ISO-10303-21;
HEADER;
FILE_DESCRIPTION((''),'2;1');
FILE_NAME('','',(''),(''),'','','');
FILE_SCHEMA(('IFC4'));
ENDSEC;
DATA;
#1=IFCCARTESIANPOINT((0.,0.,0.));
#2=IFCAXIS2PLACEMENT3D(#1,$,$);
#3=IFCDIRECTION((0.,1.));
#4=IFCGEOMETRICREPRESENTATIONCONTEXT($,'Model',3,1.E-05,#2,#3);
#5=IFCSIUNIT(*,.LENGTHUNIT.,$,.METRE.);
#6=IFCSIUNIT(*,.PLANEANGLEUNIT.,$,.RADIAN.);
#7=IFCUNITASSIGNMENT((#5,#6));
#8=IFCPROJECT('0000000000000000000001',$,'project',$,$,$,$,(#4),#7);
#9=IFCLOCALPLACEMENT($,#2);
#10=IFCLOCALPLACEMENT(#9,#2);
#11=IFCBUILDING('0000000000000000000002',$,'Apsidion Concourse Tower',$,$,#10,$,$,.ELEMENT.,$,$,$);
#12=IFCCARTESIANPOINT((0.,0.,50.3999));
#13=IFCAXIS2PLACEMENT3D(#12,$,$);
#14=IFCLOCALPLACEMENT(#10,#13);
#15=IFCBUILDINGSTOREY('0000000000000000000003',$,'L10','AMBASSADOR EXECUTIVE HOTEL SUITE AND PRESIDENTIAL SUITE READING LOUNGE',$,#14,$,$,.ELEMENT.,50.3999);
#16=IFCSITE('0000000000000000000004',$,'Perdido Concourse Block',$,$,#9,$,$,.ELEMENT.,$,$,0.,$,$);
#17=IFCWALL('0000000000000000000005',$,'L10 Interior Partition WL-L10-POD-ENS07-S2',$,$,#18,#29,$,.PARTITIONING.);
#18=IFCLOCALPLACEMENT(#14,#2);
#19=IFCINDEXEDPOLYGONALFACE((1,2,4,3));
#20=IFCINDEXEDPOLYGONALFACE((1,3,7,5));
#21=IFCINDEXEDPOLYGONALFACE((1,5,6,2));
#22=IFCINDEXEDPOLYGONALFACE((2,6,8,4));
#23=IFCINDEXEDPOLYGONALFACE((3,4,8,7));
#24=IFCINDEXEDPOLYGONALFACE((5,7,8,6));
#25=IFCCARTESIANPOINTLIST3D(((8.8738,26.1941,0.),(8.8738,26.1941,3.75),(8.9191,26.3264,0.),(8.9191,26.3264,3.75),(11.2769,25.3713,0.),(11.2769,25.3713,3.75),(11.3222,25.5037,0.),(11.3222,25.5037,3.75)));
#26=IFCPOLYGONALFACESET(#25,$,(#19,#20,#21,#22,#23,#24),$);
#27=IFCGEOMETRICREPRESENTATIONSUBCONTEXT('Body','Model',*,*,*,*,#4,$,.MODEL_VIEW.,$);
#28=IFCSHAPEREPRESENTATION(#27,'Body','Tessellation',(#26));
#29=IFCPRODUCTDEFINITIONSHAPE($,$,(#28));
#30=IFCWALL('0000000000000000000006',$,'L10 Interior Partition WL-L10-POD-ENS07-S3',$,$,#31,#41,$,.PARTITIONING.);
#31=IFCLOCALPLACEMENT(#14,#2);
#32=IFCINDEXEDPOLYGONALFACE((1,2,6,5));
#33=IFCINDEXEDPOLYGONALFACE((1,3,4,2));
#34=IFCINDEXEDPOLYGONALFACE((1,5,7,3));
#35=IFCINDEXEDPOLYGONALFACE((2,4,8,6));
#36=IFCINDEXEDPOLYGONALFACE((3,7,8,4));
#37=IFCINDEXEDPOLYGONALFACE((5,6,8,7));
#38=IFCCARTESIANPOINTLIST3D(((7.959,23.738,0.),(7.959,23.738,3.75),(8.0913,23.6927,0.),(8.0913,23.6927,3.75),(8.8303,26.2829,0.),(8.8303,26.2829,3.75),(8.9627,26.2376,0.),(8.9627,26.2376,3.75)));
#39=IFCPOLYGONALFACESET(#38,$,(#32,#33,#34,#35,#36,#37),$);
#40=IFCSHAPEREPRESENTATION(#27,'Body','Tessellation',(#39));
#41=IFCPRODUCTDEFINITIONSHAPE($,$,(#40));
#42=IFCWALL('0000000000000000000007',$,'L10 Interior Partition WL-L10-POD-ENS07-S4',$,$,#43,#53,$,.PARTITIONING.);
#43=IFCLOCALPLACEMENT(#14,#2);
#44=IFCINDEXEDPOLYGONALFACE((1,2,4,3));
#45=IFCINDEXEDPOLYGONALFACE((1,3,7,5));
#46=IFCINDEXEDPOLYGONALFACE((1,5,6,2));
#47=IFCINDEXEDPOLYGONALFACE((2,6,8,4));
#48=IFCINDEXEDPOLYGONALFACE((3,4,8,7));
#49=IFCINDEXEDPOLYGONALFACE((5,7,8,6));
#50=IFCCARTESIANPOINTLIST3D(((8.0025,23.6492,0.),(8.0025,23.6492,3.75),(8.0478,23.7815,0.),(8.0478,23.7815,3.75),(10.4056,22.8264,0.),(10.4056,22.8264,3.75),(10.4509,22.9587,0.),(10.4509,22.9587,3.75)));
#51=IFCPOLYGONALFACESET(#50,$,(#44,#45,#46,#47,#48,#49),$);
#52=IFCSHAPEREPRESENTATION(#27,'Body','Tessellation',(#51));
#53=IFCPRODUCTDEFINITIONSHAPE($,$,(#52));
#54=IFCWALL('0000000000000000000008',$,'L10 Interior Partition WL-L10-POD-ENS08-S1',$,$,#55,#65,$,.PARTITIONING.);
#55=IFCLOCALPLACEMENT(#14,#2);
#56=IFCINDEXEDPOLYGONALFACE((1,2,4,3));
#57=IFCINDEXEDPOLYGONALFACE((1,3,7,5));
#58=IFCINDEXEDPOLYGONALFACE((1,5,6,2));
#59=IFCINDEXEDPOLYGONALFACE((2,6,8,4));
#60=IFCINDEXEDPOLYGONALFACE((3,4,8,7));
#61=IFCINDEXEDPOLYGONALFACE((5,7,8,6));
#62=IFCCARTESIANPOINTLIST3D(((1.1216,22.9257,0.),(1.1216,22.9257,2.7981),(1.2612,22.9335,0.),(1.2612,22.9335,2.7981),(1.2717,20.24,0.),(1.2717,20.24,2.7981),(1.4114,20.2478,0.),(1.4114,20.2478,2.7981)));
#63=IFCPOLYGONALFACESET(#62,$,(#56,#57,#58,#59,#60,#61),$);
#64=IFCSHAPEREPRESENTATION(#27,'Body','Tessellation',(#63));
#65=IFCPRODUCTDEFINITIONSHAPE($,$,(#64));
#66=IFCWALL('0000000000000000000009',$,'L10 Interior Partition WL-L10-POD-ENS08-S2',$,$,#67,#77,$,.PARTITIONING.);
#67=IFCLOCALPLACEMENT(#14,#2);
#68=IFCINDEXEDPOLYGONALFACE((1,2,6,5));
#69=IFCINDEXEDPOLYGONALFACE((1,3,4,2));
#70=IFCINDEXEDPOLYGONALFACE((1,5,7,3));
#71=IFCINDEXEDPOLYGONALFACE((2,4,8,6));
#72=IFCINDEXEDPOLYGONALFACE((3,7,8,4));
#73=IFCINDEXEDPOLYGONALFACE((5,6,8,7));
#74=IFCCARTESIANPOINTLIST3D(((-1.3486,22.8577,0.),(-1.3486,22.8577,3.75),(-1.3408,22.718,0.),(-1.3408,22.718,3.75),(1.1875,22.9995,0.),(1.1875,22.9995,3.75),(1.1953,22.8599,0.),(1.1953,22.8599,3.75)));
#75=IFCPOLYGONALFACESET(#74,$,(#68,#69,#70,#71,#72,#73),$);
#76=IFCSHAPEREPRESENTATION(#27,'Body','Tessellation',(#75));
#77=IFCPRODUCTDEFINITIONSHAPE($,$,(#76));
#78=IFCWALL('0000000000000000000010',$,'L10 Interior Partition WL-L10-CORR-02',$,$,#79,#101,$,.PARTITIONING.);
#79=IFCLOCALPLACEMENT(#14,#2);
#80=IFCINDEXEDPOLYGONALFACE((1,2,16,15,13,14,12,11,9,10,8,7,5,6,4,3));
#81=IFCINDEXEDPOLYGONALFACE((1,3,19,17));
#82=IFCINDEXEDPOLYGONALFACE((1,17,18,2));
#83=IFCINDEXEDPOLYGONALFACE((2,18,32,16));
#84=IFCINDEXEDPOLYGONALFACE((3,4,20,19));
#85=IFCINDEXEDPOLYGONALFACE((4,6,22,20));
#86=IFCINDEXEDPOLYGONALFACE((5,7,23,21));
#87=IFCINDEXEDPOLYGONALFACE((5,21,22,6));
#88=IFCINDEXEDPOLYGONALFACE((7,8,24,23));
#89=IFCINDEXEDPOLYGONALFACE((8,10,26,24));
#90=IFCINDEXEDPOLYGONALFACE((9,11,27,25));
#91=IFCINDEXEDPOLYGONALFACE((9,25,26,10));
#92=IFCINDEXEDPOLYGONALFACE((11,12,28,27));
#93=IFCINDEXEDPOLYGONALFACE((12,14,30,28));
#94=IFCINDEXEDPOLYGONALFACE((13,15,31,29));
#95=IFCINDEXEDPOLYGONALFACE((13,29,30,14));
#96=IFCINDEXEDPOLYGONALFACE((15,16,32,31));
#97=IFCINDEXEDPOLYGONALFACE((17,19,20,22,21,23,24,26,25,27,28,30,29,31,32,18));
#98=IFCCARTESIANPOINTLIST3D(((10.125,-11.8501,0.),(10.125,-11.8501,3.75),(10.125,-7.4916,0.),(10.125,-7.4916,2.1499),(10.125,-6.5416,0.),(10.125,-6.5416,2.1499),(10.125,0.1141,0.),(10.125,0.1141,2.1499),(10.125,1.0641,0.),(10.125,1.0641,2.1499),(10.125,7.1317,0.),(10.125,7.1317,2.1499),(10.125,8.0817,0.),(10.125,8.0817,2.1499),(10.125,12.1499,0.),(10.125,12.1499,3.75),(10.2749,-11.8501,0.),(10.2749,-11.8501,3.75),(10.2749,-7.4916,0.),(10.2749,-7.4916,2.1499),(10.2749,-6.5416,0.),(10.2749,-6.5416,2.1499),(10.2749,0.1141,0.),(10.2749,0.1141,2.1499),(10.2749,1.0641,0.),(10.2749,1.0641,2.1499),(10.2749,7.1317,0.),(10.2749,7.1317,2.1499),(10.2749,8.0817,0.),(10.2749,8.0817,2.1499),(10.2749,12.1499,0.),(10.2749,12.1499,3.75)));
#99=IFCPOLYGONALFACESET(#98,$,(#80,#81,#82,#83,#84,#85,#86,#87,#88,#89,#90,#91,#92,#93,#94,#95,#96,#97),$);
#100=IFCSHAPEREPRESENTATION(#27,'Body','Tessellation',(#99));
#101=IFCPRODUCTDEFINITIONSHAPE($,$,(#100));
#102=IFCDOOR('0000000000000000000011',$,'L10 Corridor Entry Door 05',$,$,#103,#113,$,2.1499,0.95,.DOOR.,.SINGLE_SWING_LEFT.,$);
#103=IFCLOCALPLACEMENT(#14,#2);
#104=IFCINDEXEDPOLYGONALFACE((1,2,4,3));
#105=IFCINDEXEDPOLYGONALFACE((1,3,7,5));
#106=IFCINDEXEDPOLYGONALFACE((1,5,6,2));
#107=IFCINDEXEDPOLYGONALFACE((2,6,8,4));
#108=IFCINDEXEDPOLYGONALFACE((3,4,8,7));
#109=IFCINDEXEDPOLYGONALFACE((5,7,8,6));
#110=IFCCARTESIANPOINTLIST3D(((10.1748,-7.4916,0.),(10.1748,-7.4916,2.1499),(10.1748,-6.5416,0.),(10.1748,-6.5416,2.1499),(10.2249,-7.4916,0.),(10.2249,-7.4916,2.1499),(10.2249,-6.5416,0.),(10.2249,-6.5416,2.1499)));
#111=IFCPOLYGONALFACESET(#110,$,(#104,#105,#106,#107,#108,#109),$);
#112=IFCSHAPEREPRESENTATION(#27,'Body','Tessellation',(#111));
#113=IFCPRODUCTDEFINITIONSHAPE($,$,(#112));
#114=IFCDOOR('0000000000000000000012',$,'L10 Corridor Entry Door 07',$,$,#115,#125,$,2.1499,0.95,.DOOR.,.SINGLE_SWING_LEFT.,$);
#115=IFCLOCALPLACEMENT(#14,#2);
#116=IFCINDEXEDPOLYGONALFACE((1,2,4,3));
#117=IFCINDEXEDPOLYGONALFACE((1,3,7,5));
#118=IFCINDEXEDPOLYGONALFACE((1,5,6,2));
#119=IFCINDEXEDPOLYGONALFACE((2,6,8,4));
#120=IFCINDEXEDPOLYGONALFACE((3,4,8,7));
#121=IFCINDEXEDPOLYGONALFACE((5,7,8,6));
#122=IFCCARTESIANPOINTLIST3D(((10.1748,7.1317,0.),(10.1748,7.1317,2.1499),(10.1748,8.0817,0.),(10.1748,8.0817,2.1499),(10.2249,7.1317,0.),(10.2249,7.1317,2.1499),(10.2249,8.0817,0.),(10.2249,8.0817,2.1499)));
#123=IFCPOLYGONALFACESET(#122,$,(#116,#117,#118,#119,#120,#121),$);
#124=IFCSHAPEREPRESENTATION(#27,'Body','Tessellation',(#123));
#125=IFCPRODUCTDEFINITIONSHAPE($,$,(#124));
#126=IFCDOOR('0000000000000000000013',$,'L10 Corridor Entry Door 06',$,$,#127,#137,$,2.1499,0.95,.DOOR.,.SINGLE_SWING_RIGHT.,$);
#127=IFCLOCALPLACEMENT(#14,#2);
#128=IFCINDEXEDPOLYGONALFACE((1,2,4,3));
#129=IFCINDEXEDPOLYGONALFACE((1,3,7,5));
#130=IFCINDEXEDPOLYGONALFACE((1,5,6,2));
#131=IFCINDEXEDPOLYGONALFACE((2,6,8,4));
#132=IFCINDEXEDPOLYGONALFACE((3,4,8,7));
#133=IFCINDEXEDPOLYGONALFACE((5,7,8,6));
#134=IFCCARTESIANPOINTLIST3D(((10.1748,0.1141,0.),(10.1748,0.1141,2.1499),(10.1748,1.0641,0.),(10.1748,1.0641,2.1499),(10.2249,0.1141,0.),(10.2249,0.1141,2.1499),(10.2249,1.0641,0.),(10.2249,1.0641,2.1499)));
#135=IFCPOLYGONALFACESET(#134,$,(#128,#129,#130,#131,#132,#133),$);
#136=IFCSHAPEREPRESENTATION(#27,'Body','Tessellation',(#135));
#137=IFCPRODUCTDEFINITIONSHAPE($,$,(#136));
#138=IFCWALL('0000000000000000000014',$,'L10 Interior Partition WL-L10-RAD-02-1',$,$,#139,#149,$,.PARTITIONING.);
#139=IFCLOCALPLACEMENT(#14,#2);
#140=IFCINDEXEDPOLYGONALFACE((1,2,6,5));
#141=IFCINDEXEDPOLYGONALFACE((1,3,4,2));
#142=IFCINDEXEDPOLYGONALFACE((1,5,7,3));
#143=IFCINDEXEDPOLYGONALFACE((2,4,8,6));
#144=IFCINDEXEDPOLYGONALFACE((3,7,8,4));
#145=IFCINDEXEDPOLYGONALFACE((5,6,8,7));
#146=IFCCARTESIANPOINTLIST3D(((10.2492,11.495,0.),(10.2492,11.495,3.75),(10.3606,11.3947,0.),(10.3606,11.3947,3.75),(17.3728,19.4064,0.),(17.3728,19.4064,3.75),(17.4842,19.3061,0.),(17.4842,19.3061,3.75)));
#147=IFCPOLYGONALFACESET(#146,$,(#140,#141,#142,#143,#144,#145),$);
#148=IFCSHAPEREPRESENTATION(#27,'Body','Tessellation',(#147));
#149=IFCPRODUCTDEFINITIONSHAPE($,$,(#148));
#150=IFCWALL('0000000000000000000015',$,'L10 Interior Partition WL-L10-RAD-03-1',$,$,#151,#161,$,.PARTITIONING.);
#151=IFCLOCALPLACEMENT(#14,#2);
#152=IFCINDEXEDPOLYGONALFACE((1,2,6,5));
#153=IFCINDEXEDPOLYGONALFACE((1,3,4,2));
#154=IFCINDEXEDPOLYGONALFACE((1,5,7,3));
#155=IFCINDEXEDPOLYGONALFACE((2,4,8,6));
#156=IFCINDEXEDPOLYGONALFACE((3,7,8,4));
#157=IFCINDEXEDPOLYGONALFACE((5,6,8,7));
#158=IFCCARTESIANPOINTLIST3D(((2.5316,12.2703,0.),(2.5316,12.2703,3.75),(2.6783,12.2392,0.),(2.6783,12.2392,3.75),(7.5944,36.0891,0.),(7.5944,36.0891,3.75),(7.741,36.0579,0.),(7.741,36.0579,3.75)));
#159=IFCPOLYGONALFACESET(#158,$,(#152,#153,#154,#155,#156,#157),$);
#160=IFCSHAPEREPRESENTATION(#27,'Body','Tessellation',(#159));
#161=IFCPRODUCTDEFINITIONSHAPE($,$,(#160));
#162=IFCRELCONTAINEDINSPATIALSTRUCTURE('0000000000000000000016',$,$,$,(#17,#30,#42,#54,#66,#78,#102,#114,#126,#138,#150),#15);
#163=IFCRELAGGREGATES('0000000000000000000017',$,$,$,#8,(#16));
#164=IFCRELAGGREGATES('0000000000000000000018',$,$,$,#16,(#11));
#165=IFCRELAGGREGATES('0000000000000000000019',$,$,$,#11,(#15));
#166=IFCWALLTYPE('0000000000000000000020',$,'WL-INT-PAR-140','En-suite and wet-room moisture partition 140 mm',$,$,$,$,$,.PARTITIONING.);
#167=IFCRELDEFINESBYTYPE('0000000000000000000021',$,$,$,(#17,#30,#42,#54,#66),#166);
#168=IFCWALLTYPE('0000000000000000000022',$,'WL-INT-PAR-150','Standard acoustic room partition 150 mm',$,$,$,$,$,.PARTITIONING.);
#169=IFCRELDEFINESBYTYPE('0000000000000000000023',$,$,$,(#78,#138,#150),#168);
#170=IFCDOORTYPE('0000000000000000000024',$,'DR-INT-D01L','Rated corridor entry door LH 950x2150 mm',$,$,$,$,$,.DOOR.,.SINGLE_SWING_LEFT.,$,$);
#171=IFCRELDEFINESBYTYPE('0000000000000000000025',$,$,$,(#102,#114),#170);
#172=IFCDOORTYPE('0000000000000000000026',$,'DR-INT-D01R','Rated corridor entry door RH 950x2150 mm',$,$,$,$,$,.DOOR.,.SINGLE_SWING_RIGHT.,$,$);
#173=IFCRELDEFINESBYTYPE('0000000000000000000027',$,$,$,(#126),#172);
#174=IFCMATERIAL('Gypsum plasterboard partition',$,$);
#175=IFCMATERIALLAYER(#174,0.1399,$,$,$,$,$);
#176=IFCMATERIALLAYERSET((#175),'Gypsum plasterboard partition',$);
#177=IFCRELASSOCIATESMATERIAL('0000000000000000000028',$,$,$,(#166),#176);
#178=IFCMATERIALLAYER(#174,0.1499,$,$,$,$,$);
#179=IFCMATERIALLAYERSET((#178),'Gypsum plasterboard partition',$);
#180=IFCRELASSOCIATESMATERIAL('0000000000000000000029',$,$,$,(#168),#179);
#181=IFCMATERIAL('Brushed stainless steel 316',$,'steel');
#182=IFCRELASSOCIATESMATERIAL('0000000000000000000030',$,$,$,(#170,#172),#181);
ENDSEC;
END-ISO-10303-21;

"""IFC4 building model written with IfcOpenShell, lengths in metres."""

from ifc_helpers import new_model, si_unit, direction, frame, frame_2d, origin, place, context, subcontext, project, spatial, rectangle, extrude, material, layer, layer_set, type_object, element, fill, save


model = new_model("IFC4")

# Units and contexts
model_context = context("Model", 3, precision=1e-05, world=origin(), true_north=direction((0.0, 1.0)))
body_context = subcontext(model_context, "Body", "Model", "MODEL_VIEW")
ifc_project = project(units=[si_unit("LENGTHUNIT", "METRE"), si_unit("PLANEANGLEUNIT", "RADIAN")], contexts=[model_context])

# Site, building, storey
site_placement = place(None, origin())
site = spatial("IfcSite", under=ifc_project, at=site_placement, Name="Perdido Concourse Block", CompositionType="ELEMENT", RefElevation=0.0)
building_placement = place(site_placement, origin())
building = spatial("IfcBuilding", under=site, at=building_placement, Name="Apsidion Concourse Tower", CompositionType="ELEMENT")
storey_placement = place(building_placement, frame((0.0, 0.0, 50.3999)))
storey = spatial("IfcBuildingStorey", under=building, at=storey_placement, Name="L10", Description="AMBASSADOR EXECUTIVE HOTEL SUITE AND PRESIDENTIAL SUITE READING LOUNGE", CompositionType="ELEMENT", Elevation=50.3999)

# Shared definitions
ifc_material_1 = material(Name="Gypsum plasterboard partition")
ifc_layer_1 = layer(ifc_material_1, 0.1399)
ifc_layer_set_1 = layer_set([ifc_layer_1], Name="Gypsum plasterboard partition")
wall_type_1 = type_object("IfcWallType", Name="WL-INT-PAR-140", Description="En-suite and wet-room moisture partition 140 mm", PredefinedType="PARTITIONING", material=ifc_layer_set_1)

# Walls
wall_1_placement = place(storey_placement, frame((11.2996, 25.4375, 0.0), z_axis=(0.0, 0.0, 1.0), x_axis=(-0.946086, 0.323916, 0.0)))
element("IfcWall", 1, at=wall_1_placement, inside=storey, type_object=wall_type_1, Name="L10 Interior Partition WL-L10-POD-ENS07-S2", PredefinedType="PARTITIONING", context=body_context, shape_type="SweptSolid", body=[
    extrude(rectangle(XDim=2.54, YDim=0.1399, at=frame_2d((1.27, 0.0))), origin(), (0.0, 0.0, 1.0), 3.75),
])
wall_2_placement = place(storey_placement, frame((8.8965, 26.2603, 0.0), z_axis=(0.0, 0.0, 1.0), x_axis=(-0.323923, -0.946083, 0.0)))
element("IfcWall", 2, at=wall_2_placement, inside=storey, type_object=wall_type_1, Name="L10 Interior Partition WL-L10-POD-ENS07-S3", PredefinedType="PARTITIONING", context=body_context, shape_type="SweptSolid", body=[
    extrude(rectangle(XDim=2.6899, YDim=0.1399, at=frame_2d((1.345, 0.0))), origin(), (0.0, 0.0, 1.0), 3.75),
])
wall_3_placement = place(storey_placement, frame((8.0251, 23.7153, 0.0), z_axis=(0.0, 0.0, 1.0), x_axis=(0.946086, -0.323916, 0.0)))
element("IfcWall", 3, at=wall_3_placement, inside=storey, type_object=wall_type_1, Name="L10 Interior Partition WL-L10-POD-ENS07-S4", PredefinedType="PARTITIONING", context=body_context, shape_type="SweptSolid", body=[
    extrude(rectangle(XDim=2.54, YDim=0.1399, at=frame_2d((1.27, 0.0))), origin(), (0.0, 0.0, 1.0), 3.75),
])
wall_4_placement = place(storey_placement, frame((1.3416, 20.2439, 0.0), z_axis=(0.0, 0.0, 1.0), x_axis=(-0.055817, 0.998441, 0.0)))
element("IfcWall", 4, at=wall_4_placement, inside=storey, type_object=wall_type_1, Name="L10 Interior Partition WL-L10-POD-ENS08-S1", PredefinedType="PARTITIONING", context=body_context, shape_type="SweptSolid", body=[
    extrude(rectangle(XDim=2.6899, YDim=0.1399, at=frame_2d((1.345, 0.0))), origin(), (0.0, 0.0, 1.0), 2.7981),
])
wall_5_placement = place(storey_placement, frame((1.1914, 22.9297, 0.0), z_axis=(0.0, 0.0, 1.0), x_axis=(-0.99844, -0.055843, 0.0)))
element("IfcWall", 5, at=wall_5_placement, inside=storey, type_object=wall_type_1, Name="L10 Interior Partition WL-L10-POD-ENS08-S2", PredefinedType="PARTITIONING", context=body_context, shape_type="SweptSolid", body=[
    extrude(rectangle(XDim=2.54, YDim=0.1399, at=frame_2d((1.27, 0.0))), origin(), (0.0, 0.0, 1.0), 3.75),
])

# Wall, openings, doors
ifc_layer_2 = layer(ifc_material_1, 0.1499)
ifc_layer_set_2 = layer_set([ifc_layer_2], Name="Gypsum plasterboard partition")
wall_type_2 = type_object("IfcWallType", Name="WL-INT-PAR-150", Description="Standard acoustic room partition 150 mm", PredefinedType="PARTITIONING", material=ifc_layer_set_2)
wall_6_placement = place(storey_placement, frame((10.2, 12.1499, 0.0), z_axis=(0.0, 0.0, 1.0), x_axis=(0.0, -1.0, 0.0)))
wall_6 = element("IfcWall", 6, at=wall_6_placement, inside=storey, type_object=wall_type_2, Name="L10 Interior Partition WL-L10-CORR-02", PredefinedType="PARTITIONING", context=body_context, shape_type="SweptSolid", body=[
    extrude(rectangle(XDim=24.0, YDim=0.1499, at=frame_2d((12.0, 0.0))), origin(), (0.0, 0.0, 1.0), 3.75),
])
opening_1_placement = place(wall_6_placement, frame((18.6914, 0.0, 0.0)))
opening_1 = element("IfcOpeningElement", 7, at=opening_1_placement, cuts=wall_6, PredefinedType="OPENING", context=body_context, shape_type="SweptSolid", body=[
    extrude(rectangle(XDim=0.95, YDim=2.1499, at=frame_2d((0.4751, 1.075))), frame((0.0, 0.085, 0.0), z_axis=(0.0, -1.0, 0.0), x_axis=(1.0, 0.0, 0.0)), (0.0, 0.0, 1.0), 0.1699),
])
opening_2_placement = place(wall_6_placement, frame((11.0857, 0.0, 0.0)))
opening_2 = element("IfcOpeningElement", 8, at=opening_2_placement, cuts=wall_6, PredefinedType="OPENING", context=body_context, shape_type="SweptSolid", body=[
    extrude(rectangle(XDim=0.95, YDim=2.1499, at=frame_2d((0.4751, 1.075))), frame((0.0, 0.085, 0.0), z_axis=(0.0, -1.0, 0.0), x_axis=(1.0, 0.0, 0.0)), (0.0, 0.0, 1.0), 0.1699),
])
opening_3_placement = place(wall_6_placement, frame((4.0681, 0.0, 0.0)))
opening_3 = element("IfcOpeningElement", 9, at=opening_3_placement, cuts=wall_6, PredefinedType="OPENING", context=body_context, shape_type="SweptSolid", body=[
    extrude(rectangle(XDim=0.95, YDim=2.1499, at=frame_2d((0.4751, 1.075))), frame((0.0, 0.085, 0.0), z_axis=(0.0, -1.0, 0.0), x_axis=(1.0, 0.0, 0.0)), (0.0, 0.0, 1.0), 0.1699),
])
ifc_material_2 = material(Name="Brushed stainless steel 316", Category="steel")
door_type_1 = type_object("IfcDoorType", Name="DR-INT-D01L", Description="Rated corridor entry door LH 950x2150 mm", OperationType="SINGLE_SWING_LEFT", PredefinedType="DOOR", material=ifc_material_2)
door_1_placement = place(opening_1_placement, origin())
door_1 = element("IfcDoor", 10, at=door_1_placement, inside=storey, type_object=door_type_1, Name="L10 Corridor Entry Door 05", OperationType="SINGLE_SWING_LEFT", OverallHeight=2.1499, OverallWidth=0.95, PredefinedType="DOOR", context=body_context, shape_type="SweptSolid", body=[
    extrude(rectangle(XDim=0.95, YDim=2.1499, at=frame_2d((0.4751, 1.075))), frame((0.0, 0.0249, 0.0), z_axis=(0.0, -1.0, 0.0), x_axis=(1.0, 0.0, 0.0)), (0.0, 0.0, 1.0), 0.05),
])
fill(opening_1, door_1)
door_2_placement = place(opening_3_placement, origin())
door_2 = element("IfcDoor", 11, at=door_2_placement, inside=storey, type_object=door_type_1, Name="L10 Corridor Entry Door 07", OperationType="SINGLE_SWING_LEFT", OverallHeight=2.1499, OverallWidth=0.95, PredefinedType="DOOR", context=body_context, shape_type="SweptSolid", body=[
    extrude(rectangle(XDim=0.95, YDim=2.1499, at=frame_2d((0.4751, 1.075))), frame((0.0, 0.0249, 0.0), z_axis=(0.0, -1.0, 0.0), x_axis=(1.0, 0.0, 0.0)), (0.0, 0.0, 1.0), 0.05),
])
fill(opening_3, door_2)
door_type_2 = type_object("IfcDoorType", Name="DR-INT-D01R", Description="Rated corridor entry door RH 950x2150 mm", OperationType="SINGLE_SWING_RIGHT", PredefinedType="DOOR", material=ifc_material_2)
door_3_placement = place(opening_2_placement, origin())
door_3 = element("IfcDoor", 12, at=door_3_placement, inside=storey, type_object=door_type_2, Name="L10 Corridor Entry Door 06", OperationType="SINGLE_SWING_RIGHT", OverallHeight=2.1499, OverallWidth=0.95, PredefinedType="DOOR", context=body_context, shape_type="SweptSolid", body=[
    extrude(rectangle(XDim=0.95, YDim=2.1499, at=frame_2d((0.4751, 1.075))), frame((0.0, 0.0249, 0.0), z_axis=(0.0, -1.0, 0.0), x_axis=(1.0, 0.0, 0.0)), (0.0, 0.0, 1.0), 0.05),
])
fill(opening_2, door_3)

# Walls
wall_7_placement = place(storey_placement, frame((10.3049, 11.4448, 0.0), z_axis=(0.0, 0.0, 1.0), x_axis=(0.669136, 0.74314, 0.0)))
element("IfcWall", 13, at=wall_7_placement, inside=storey, type_object=wall_type_2, Name="L10 Interior Partition WL-L10-RAD-02-1", PredefinedType="PARTITIONING", context=body_context, shape_type="SweptSolid", body=[
    extrude(rectangle(XDim=10.646, YDim=0.1499, at=frame_2d((5.323, 0.0))), origin(), (0.0, 0.0, 1.0), 3.75),
])
wall_8_placement = place(storey_placement, frame((2.605, 12.2549, 0.0), z_axis=(0.0, 0.0, 1.0), x_axis=(0.207909, 0.978148, 0.0)))
element("IfcWall", 14, at=wall_8_placement, inside=storey, type_object=wall_type_2, Name="L10 Interior Partition WL-L10-RAD-03-1", PredefinedType="PARTITIONING", context=body_context, shape_type="SweptSolid", body=[
    extrude(rectangle(XDim=24.3508, YDim=0.1499, at=frame_2d((12.1753, 0.0))), origin(), (0.0, 0.0, 1.0), 3.75),
])

save(model, "model.ifc")
